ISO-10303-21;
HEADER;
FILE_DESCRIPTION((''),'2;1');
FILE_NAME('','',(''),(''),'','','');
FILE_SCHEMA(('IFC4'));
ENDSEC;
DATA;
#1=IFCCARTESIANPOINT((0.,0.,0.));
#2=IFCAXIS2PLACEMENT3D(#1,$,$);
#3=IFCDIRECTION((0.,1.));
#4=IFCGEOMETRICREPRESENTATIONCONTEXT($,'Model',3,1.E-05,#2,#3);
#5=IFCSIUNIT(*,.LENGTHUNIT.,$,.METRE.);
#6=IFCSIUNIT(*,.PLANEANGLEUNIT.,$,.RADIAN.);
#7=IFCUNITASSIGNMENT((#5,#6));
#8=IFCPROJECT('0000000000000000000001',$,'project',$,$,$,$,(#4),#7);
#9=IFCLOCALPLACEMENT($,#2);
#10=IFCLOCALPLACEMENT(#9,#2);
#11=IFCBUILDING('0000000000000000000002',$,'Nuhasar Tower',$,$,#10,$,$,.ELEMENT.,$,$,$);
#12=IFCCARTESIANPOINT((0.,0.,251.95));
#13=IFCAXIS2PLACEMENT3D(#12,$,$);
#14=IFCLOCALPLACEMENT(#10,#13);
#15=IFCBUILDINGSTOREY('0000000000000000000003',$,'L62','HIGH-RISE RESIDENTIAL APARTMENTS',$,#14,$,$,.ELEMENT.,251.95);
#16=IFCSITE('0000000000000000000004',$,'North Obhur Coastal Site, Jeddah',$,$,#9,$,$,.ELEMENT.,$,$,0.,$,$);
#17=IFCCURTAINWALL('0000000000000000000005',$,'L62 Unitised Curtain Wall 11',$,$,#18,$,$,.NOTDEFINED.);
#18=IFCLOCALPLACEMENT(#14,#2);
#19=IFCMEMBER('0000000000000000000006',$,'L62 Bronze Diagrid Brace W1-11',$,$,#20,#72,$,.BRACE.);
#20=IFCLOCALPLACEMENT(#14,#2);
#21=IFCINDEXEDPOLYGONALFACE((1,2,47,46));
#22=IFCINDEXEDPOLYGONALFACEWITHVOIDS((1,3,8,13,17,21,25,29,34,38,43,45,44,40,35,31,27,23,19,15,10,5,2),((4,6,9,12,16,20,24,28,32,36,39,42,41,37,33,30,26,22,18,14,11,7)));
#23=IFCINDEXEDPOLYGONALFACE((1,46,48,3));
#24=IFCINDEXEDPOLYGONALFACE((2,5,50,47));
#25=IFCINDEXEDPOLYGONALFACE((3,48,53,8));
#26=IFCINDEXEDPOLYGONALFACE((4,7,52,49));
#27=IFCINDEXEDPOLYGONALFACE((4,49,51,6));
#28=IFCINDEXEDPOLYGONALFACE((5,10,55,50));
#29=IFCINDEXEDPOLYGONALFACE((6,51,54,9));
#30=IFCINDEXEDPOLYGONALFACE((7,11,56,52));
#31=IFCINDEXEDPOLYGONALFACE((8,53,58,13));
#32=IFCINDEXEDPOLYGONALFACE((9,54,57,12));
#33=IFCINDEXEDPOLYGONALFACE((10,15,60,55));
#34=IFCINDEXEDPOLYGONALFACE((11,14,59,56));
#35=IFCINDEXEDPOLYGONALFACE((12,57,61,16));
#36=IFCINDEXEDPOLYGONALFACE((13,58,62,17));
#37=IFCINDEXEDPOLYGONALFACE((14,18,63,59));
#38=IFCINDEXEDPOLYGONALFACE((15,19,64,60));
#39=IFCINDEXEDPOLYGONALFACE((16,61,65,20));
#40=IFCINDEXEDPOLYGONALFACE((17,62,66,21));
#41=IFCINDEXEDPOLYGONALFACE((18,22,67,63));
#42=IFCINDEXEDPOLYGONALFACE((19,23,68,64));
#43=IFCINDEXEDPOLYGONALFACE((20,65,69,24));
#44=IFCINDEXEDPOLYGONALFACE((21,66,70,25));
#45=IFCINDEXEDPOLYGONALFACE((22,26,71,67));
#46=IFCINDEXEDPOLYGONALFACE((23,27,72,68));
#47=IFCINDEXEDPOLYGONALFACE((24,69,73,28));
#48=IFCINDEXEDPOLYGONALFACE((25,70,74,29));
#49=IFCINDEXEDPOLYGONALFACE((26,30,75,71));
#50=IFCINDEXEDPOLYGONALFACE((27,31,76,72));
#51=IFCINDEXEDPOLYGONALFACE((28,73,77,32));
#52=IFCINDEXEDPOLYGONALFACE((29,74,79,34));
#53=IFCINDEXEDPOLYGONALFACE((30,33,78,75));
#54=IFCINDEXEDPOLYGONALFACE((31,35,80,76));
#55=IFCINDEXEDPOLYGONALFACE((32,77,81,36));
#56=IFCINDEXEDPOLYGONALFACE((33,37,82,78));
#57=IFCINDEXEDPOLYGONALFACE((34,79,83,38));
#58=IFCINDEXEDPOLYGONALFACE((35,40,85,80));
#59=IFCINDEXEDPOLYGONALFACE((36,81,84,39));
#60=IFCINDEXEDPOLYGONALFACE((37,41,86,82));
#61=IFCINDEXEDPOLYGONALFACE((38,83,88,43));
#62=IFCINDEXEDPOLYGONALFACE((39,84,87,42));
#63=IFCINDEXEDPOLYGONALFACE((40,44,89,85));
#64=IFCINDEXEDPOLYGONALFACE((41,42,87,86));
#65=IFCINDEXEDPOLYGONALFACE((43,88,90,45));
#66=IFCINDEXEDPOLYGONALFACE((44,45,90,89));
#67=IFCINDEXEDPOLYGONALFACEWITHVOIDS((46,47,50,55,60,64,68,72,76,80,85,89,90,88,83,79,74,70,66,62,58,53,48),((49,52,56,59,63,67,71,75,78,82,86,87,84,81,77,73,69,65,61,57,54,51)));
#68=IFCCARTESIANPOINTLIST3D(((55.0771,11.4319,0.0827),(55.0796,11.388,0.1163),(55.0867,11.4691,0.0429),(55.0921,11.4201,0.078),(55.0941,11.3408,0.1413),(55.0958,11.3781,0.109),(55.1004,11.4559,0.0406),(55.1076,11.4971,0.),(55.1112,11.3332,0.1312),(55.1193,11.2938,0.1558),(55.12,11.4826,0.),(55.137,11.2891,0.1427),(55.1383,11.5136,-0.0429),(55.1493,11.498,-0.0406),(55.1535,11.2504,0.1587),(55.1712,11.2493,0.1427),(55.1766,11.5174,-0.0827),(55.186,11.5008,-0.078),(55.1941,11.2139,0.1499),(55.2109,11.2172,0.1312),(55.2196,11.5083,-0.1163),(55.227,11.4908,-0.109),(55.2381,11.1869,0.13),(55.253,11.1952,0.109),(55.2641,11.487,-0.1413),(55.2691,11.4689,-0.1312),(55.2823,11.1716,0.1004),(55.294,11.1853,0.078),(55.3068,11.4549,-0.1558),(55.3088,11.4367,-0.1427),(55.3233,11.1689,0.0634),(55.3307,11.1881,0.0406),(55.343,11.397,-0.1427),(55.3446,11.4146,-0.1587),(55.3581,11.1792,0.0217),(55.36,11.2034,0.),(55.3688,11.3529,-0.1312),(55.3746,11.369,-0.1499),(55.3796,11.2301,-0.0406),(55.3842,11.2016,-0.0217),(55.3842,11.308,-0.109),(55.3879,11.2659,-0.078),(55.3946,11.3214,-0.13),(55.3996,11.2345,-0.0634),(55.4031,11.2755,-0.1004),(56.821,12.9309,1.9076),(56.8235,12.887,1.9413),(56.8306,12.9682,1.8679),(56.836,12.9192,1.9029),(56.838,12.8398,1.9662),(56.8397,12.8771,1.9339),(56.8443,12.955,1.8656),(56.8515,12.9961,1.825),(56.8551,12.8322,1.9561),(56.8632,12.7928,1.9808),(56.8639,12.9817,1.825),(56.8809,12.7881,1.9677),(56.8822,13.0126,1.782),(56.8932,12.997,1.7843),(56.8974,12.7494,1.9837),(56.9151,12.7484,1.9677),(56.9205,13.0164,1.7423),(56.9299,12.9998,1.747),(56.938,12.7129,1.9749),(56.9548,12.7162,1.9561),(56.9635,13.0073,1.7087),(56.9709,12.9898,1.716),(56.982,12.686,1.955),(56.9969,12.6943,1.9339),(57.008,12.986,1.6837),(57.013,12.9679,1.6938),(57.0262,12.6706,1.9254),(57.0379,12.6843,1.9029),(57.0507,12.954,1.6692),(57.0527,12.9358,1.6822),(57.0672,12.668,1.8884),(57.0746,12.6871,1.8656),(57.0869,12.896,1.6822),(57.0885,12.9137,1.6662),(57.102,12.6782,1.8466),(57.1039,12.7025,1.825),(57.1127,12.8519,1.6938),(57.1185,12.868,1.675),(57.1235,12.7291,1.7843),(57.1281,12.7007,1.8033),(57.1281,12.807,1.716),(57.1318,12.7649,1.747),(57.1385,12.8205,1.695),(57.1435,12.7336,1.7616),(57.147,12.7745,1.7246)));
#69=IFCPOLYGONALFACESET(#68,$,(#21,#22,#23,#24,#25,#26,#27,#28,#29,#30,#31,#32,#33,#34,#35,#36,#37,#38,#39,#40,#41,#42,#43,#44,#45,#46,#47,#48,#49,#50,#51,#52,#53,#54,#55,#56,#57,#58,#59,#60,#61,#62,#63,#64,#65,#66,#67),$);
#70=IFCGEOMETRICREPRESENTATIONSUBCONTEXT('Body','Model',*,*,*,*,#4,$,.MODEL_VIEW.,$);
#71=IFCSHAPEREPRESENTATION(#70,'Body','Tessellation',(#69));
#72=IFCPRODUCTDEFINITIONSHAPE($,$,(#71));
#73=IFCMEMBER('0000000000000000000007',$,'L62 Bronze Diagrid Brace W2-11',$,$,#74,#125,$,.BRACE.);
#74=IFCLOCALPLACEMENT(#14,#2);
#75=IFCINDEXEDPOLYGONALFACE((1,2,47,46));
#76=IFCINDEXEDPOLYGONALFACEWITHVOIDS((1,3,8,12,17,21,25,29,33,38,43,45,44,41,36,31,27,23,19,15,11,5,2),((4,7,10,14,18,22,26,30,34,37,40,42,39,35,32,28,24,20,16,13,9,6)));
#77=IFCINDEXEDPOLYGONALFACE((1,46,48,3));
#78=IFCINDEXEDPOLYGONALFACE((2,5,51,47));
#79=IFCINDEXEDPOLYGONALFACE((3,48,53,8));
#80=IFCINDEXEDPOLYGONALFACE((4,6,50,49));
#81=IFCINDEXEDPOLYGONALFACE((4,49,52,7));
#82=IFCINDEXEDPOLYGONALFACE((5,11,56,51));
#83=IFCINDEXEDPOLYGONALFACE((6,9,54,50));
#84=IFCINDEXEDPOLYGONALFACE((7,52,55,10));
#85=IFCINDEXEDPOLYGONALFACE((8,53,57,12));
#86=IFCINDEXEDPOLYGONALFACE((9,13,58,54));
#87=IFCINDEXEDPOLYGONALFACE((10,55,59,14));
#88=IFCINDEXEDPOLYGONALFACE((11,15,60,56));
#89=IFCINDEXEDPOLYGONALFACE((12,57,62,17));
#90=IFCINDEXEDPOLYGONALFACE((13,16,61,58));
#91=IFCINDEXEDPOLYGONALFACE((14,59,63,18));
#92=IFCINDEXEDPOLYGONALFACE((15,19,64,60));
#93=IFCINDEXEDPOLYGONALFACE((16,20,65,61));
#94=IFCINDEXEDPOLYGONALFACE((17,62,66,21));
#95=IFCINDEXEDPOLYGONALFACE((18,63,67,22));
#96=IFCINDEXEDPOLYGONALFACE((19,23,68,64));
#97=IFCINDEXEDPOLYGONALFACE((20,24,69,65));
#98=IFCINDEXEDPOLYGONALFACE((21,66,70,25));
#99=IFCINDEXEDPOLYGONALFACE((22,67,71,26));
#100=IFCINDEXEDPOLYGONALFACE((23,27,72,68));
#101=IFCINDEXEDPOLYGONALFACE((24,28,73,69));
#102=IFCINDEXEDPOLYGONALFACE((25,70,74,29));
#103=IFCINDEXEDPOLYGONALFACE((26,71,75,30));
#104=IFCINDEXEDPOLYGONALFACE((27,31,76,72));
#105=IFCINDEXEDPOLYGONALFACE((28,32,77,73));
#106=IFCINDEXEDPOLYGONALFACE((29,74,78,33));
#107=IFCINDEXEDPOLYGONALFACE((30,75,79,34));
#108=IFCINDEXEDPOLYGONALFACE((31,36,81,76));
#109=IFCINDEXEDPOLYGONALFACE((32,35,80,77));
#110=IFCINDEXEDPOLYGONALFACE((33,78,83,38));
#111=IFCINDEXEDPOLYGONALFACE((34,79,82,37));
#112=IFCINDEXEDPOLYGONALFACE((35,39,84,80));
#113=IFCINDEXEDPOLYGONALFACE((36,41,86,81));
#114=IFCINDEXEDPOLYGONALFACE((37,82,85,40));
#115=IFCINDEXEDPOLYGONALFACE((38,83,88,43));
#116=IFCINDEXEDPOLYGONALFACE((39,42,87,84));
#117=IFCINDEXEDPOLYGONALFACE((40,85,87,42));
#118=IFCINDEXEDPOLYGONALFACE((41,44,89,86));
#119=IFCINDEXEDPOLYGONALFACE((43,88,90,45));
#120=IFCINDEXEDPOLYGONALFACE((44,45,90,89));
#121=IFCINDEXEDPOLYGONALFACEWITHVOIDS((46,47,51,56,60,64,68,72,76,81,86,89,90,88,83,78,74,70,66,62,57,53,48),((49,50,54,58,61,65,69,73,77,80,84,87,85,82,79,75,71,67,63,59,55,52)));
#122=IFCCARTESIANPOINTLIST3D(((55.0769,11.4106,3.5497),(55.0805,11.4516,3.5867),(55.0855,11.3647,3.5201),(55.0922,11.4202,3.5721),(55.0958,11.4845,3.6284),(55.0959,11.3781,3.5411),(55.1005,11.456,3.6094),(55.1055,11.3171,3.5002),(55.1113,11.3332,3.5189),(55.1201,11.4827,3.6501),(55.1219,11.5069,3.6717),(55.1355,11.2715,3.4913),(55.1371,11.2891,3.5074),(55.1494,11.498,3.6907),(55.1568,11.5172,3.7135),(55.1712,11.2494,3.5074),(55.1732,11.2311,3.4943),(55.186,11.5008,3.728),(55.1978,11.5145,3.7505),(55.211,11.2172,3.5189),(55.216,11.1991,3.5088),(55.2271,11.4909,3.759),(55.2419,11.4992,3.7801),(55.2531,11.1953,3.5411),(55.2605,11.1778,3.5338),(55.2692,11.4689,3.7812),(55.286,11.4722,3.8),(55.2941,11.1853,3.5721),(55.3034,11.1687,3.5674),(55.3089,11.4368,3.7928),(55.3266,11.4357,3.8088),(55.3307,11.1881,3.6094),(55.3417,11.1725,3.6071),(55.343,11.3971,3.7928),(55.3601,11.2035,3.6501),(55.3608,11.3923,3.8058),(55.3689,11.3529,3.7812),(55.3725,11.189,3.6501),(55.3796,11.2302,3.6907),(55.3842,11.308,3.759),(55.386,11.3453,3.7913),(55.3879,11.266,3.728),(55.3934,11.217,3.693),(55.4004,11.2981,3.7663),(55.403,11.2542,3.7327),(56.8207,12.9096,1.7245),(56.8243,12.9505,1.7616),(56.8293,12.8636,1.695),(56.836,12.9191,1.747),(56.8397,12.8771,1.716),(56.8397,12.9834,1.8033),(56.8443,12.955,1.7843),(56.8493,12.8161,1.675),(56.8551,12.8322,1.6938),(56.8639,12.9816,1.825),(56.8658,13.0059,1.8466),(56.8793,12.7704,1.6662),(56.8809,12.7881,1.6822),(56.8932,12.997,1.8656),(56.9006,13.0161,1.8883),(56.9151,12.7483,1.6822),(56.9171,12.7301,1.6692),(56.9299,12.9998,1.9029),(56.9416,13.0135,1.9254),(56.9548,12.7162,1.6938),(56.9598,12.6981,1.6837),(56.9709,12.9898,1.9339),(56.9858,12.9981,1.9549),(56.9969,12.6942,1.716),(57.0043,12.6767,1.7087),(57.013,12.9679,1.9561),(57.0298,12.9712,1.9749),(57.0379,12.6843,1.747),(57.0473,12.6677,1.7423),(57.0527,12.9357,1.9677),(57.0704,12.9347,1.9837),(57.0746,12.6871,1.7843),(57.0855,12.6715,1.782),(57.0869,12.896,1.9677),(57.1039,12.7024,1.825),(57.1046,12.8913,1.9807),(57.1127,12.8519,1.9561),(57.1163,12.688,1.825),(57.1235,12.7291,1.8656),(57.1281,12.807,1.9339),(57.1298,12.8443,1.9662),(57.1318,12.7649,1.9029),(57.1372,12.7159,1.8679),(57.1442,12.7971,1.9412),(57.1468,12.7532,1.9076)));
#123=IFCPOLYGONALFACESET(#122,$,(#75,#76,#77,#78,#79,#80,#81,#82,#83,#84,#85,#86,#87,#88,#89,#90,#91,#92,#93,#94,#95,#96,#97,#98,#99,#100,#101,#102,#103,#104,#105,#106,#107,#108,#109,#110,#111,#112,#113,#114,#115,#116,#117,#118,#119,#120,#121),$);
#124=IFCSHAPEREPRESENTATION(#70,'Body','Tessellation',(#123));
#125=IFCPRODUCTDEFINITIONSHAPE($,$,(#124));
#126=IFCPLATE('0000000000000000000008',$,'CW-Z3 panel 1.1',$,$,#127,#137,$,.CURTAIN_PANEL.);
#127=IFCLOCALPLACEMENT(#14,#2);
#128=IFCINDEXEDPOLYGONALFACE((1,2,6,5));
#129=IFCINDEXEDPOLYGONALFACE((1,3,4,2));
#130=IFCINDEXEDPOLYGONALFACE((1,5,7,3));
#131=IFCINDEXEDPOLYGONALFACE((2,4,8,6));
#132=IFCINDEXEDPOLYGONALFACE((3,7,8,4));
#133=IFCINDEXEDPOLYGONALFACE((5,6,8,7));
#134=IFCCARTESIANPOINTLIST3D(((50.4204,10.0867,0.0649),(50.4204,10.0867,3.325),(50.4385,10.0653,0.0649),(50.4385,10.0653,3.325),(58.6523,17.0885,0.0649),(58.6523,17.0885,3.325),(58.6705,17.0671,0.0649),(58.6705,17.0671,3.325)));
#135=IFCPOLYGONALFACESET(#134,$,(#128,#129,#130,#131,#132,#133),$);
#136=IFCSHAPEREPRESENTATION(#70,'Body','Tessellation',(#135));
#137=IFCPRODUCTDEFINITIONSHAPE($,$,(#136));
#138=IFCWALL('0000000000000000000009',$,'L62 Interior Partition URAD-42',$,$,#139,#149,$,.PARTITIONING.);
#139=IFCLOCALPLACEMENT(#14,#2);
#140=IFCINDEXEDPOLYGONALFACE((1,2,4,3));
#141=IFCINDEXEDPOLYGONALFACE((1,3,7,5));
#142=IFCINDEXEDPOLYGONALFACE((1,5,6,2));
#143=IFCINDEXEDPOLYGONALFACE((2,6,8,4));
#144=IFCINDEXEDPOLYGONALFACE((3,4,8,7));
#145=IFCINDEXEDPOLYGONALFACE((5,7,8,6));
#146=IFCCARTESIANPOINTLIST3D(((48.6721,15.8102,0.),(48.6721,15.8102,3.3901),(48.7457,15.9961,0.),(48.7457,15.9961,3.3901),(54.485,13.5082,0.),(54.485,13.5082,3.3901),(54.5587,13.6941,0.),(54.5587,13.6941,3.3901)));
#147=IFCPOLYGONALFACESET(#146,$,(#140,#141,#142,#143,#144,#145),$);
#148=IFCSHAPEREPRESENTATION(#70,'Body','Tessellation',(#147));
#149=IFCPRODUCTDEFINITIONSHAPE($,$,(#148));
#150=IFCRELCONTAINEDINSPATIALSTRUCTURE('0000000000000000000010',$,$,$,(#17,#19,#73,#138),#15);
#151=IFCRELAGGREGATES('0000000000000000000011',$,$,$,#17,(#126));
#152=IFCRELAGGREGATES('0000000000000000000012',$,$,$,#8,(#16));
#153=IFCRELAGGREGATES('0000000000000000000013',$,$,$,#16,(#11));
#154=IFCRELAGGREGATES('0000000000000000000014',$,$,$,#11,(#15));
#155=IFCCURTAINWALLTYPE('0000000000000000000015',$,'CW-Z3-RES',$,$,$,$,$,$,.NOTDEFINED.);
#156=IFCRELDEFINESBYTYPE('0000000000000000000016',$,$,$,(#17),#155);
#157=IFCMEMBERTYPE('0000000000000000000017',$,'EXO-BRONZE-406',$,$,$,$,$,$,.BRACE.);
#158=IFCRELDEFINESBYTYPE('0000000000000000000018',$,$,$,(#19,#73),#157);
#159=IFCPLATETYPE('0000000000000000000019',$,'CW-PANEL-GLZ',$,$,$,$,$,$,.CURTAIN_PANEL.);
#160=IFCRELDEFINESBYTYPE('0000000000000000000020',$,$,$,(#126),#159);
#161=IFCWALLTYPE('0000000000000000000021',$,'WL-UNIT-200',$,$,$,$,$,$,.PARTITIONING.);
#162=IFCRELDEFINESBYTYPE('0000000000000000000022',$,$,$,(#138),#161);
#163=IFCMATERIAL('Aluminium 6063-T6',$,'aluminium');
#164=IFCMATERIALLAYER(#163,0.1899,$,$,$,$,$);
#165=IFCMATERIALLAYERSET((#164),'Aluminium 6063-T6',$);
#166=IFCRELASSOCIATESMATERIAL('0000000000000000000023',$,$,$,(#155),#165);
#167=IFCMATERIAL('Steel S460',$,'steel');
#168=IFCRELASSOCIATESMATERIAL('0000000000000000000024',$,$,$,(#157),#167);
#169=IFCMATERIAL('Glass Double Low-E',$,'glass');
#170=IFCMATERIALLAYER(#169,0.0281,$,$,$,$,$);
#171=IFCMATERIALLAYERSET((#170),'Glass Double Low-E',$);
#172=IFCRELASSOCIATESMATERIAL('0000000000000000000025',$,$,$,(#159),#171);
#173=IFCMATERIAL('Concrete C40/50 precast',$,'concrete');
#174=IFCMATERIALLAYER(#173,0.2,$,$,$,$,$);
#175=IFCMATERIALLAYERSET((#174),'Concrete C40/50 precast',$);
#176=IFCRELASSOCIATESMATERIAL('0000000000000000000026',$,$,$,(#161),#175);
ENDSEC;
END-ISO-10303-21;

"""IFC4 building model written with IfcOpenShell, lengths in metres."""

from ifc_helpers import new_model, si_unit, direction, frame, frame_2d, origin, origin_2d, place, context, subcontext, project, spatial, rectangle, hollow_circle, extrude, material, layer, layer_set, material_profile, profile_set, type_object, element, aggregate, save


model = new_model("IFC4")

# Units and contexts
model_context = context("Model", 3, precision=1e-05, world=origin(), true_north=direction((0.0, 1.0)))
body_context = subcontext(model_context, "Body", "Model", "MODEL_VIEW")
ifc_project = project(units=[si_unit("LENGTHUNIT", "METRE"), si_unit("PLANEANGLEUNIT", "RADIAN")], contexts=[model_context])

# Site, building, storey
site_placement = place(None, origin())
site = spatial("IfcSite", under=ifc_project, at=site_placement, Name="North Obhur Coastal Site, Jeddah", CompositionType="ELEMENT", RefElevation=0.0)
building_placement = place(site_placement, origin())
building = spatial("IfcBuilding", under=site, at=building_placement, Name="Nuhasar Tower", CompositionType="ELEMENT")
storey_placement = place(building_placement, frame((0.0, 0.0, 251.95)))
storey = spatial("IfcBuildingStorey", under=building, at=storey_placement, Name="L62", Description="HIGH-RISE RESIDENTIAL APARTMENTS", CompositionType="ELEMENT", Elevation=251.95)

# Shared definitions
ifc_material_1 = material(Name="Aluminium 6063-T6", Category="aluminium")
ifc_layer_1 = layer(ifc_material_1, 0.1899)
ifc_layer_set_1 = layer_set([ifc_layer_1], Name="Aluminium 6063-T6")
curtain_wall_type = type_object("IfcCurtainWallType", Name="CW-Z3-RES", PredefinedType="NOTDEFINED", material=ifc_layer_set_1)

# Curtain wall
curtain_wall_1_placement = place(storey_placement, origin())
curtain_wall_1 = element("IfcCurtainWall", 1, at=curtain_wall_1_placement, inside=storey, type_object=curtain_wall_type, Name="L62 Unitised Curtain Wall 11", PredefinedType="NOTDEFINED")

# Members
ifc_material_2 = material(Name="Steel S460", Category="steel")
ifc_material_profile_1 = material_profile(ifc_material_2, hollow_circle(Radius=0.2031, WallThickness=0.019, at=origin_2d()), Name="HSS406.4X19.1")
ifc_profile_set_1 = profile_set([ifc_material_profile_1], Name="Steel S460")
member_type_1 = type_object("IfcMemberType", Name="EXO-BRONZE-406", PredefinedType="BRACE", material=ifc_profile_set_1)
for number, where, z_axis, x_axis, name in (
    (2, (55.24, 11.343, 0.0), (0.594019, 0.510608, 0.621628), (-0.651857, 0.758342, 0.0), "L62 Bronze Diagrid Brace W1-11"),
    (3, (56.9839, 12.842, 1.825), (-0.593988, -0.510582, 0.621679), (0.651857, -0.758342, 0.0), "L62 Bronze Diagrid Brace W2-11"),
):
    element("IfcMember", number, at=place(storey_placement, frame(where, z_axis=z_axis, x_axis=x_axis)), inside=storey, type_object=member_type_1, Name=name, PredefinedType="BRACE", context=body_context, shape_type="SweptSolid", body=[
        extrude(hollow_circle(Radius=0.2031, WallThickness=0.019, at=origin_2d()), origin(), (0.0, 0.0, 1.0), 2.9358),
    ])

# Plate
ifc_material_3 = material(Name="Glass Double Low-E", Category="glass")
ifc_layer_2 = layer(ifc_material_3, 0.0281)
ifc_layer_set_2 = layer_set([ifc_layer_2], Name="Glass Double Low-E")
plate_type = type_object("IfcPlateType", Name="CW-PANEL-GLZ", PredefinedType="CURTAIN_PANEL", material=ifc_layer_set_2)
plate_placement = place(storey_placement, frame((54.5454, 13.5769, 0.0649), z_axis=(0.0, 0.0, 1.0), x_axis=(0.761729, 0.647895, 0.0)))
plate = element("IfcPlate", 4, at=plate_placement, type_object=plate_type, Name="CW-Z3 panel 1.1", PredefinedType="CURTAIN_PANEL", context=body_context, shape_type="SweptSolid", body=[
    extrude(rectangle(XDim=10.8069, YDim=0.0281, at=origin_2d()), origin(), (0.0, 0.0, 1.0), 3.26),
])
aggregate(curtain_wall_1, [plate])

# Wall
ifc_material_4 = material(Name="Concrete C40/50 precast", Category="concrete")
ifc_layer_3 = layer(ifc_material_4, 0.2)
ifc_layer_set_3 = layer_set([ifc_layer_3], Name="Concrete C40/50 precast")
wall_type = type_object("IfcWallType", Name="WL-UNIT-200", PredefinedType="PARTITIONING", material=ifc_layer_set_3)
wall_placement = place(storey_placement, frame((48.709, 15.9031, 0.0), z_axis=(0.0, 0.0, 1.0), x_axis=(0.92975, -0.368191, 0.0)))
element("IfcWall", 5, at=wall_placement, inside=storey, type_object=wall_type, Name="L62 Interior Partition URAD-42", PredefinedType="PARTITIONING", context=body_context, shape_type="SweptSolid", body=[
    extrude(rectangle(XDim=6.2522, YDim=0.2, at=frame_2d((3.126, 0.0))), origin(), (0.0, 0.0, 1.0), 3.3901),
])

save(model, "model.ifc")
